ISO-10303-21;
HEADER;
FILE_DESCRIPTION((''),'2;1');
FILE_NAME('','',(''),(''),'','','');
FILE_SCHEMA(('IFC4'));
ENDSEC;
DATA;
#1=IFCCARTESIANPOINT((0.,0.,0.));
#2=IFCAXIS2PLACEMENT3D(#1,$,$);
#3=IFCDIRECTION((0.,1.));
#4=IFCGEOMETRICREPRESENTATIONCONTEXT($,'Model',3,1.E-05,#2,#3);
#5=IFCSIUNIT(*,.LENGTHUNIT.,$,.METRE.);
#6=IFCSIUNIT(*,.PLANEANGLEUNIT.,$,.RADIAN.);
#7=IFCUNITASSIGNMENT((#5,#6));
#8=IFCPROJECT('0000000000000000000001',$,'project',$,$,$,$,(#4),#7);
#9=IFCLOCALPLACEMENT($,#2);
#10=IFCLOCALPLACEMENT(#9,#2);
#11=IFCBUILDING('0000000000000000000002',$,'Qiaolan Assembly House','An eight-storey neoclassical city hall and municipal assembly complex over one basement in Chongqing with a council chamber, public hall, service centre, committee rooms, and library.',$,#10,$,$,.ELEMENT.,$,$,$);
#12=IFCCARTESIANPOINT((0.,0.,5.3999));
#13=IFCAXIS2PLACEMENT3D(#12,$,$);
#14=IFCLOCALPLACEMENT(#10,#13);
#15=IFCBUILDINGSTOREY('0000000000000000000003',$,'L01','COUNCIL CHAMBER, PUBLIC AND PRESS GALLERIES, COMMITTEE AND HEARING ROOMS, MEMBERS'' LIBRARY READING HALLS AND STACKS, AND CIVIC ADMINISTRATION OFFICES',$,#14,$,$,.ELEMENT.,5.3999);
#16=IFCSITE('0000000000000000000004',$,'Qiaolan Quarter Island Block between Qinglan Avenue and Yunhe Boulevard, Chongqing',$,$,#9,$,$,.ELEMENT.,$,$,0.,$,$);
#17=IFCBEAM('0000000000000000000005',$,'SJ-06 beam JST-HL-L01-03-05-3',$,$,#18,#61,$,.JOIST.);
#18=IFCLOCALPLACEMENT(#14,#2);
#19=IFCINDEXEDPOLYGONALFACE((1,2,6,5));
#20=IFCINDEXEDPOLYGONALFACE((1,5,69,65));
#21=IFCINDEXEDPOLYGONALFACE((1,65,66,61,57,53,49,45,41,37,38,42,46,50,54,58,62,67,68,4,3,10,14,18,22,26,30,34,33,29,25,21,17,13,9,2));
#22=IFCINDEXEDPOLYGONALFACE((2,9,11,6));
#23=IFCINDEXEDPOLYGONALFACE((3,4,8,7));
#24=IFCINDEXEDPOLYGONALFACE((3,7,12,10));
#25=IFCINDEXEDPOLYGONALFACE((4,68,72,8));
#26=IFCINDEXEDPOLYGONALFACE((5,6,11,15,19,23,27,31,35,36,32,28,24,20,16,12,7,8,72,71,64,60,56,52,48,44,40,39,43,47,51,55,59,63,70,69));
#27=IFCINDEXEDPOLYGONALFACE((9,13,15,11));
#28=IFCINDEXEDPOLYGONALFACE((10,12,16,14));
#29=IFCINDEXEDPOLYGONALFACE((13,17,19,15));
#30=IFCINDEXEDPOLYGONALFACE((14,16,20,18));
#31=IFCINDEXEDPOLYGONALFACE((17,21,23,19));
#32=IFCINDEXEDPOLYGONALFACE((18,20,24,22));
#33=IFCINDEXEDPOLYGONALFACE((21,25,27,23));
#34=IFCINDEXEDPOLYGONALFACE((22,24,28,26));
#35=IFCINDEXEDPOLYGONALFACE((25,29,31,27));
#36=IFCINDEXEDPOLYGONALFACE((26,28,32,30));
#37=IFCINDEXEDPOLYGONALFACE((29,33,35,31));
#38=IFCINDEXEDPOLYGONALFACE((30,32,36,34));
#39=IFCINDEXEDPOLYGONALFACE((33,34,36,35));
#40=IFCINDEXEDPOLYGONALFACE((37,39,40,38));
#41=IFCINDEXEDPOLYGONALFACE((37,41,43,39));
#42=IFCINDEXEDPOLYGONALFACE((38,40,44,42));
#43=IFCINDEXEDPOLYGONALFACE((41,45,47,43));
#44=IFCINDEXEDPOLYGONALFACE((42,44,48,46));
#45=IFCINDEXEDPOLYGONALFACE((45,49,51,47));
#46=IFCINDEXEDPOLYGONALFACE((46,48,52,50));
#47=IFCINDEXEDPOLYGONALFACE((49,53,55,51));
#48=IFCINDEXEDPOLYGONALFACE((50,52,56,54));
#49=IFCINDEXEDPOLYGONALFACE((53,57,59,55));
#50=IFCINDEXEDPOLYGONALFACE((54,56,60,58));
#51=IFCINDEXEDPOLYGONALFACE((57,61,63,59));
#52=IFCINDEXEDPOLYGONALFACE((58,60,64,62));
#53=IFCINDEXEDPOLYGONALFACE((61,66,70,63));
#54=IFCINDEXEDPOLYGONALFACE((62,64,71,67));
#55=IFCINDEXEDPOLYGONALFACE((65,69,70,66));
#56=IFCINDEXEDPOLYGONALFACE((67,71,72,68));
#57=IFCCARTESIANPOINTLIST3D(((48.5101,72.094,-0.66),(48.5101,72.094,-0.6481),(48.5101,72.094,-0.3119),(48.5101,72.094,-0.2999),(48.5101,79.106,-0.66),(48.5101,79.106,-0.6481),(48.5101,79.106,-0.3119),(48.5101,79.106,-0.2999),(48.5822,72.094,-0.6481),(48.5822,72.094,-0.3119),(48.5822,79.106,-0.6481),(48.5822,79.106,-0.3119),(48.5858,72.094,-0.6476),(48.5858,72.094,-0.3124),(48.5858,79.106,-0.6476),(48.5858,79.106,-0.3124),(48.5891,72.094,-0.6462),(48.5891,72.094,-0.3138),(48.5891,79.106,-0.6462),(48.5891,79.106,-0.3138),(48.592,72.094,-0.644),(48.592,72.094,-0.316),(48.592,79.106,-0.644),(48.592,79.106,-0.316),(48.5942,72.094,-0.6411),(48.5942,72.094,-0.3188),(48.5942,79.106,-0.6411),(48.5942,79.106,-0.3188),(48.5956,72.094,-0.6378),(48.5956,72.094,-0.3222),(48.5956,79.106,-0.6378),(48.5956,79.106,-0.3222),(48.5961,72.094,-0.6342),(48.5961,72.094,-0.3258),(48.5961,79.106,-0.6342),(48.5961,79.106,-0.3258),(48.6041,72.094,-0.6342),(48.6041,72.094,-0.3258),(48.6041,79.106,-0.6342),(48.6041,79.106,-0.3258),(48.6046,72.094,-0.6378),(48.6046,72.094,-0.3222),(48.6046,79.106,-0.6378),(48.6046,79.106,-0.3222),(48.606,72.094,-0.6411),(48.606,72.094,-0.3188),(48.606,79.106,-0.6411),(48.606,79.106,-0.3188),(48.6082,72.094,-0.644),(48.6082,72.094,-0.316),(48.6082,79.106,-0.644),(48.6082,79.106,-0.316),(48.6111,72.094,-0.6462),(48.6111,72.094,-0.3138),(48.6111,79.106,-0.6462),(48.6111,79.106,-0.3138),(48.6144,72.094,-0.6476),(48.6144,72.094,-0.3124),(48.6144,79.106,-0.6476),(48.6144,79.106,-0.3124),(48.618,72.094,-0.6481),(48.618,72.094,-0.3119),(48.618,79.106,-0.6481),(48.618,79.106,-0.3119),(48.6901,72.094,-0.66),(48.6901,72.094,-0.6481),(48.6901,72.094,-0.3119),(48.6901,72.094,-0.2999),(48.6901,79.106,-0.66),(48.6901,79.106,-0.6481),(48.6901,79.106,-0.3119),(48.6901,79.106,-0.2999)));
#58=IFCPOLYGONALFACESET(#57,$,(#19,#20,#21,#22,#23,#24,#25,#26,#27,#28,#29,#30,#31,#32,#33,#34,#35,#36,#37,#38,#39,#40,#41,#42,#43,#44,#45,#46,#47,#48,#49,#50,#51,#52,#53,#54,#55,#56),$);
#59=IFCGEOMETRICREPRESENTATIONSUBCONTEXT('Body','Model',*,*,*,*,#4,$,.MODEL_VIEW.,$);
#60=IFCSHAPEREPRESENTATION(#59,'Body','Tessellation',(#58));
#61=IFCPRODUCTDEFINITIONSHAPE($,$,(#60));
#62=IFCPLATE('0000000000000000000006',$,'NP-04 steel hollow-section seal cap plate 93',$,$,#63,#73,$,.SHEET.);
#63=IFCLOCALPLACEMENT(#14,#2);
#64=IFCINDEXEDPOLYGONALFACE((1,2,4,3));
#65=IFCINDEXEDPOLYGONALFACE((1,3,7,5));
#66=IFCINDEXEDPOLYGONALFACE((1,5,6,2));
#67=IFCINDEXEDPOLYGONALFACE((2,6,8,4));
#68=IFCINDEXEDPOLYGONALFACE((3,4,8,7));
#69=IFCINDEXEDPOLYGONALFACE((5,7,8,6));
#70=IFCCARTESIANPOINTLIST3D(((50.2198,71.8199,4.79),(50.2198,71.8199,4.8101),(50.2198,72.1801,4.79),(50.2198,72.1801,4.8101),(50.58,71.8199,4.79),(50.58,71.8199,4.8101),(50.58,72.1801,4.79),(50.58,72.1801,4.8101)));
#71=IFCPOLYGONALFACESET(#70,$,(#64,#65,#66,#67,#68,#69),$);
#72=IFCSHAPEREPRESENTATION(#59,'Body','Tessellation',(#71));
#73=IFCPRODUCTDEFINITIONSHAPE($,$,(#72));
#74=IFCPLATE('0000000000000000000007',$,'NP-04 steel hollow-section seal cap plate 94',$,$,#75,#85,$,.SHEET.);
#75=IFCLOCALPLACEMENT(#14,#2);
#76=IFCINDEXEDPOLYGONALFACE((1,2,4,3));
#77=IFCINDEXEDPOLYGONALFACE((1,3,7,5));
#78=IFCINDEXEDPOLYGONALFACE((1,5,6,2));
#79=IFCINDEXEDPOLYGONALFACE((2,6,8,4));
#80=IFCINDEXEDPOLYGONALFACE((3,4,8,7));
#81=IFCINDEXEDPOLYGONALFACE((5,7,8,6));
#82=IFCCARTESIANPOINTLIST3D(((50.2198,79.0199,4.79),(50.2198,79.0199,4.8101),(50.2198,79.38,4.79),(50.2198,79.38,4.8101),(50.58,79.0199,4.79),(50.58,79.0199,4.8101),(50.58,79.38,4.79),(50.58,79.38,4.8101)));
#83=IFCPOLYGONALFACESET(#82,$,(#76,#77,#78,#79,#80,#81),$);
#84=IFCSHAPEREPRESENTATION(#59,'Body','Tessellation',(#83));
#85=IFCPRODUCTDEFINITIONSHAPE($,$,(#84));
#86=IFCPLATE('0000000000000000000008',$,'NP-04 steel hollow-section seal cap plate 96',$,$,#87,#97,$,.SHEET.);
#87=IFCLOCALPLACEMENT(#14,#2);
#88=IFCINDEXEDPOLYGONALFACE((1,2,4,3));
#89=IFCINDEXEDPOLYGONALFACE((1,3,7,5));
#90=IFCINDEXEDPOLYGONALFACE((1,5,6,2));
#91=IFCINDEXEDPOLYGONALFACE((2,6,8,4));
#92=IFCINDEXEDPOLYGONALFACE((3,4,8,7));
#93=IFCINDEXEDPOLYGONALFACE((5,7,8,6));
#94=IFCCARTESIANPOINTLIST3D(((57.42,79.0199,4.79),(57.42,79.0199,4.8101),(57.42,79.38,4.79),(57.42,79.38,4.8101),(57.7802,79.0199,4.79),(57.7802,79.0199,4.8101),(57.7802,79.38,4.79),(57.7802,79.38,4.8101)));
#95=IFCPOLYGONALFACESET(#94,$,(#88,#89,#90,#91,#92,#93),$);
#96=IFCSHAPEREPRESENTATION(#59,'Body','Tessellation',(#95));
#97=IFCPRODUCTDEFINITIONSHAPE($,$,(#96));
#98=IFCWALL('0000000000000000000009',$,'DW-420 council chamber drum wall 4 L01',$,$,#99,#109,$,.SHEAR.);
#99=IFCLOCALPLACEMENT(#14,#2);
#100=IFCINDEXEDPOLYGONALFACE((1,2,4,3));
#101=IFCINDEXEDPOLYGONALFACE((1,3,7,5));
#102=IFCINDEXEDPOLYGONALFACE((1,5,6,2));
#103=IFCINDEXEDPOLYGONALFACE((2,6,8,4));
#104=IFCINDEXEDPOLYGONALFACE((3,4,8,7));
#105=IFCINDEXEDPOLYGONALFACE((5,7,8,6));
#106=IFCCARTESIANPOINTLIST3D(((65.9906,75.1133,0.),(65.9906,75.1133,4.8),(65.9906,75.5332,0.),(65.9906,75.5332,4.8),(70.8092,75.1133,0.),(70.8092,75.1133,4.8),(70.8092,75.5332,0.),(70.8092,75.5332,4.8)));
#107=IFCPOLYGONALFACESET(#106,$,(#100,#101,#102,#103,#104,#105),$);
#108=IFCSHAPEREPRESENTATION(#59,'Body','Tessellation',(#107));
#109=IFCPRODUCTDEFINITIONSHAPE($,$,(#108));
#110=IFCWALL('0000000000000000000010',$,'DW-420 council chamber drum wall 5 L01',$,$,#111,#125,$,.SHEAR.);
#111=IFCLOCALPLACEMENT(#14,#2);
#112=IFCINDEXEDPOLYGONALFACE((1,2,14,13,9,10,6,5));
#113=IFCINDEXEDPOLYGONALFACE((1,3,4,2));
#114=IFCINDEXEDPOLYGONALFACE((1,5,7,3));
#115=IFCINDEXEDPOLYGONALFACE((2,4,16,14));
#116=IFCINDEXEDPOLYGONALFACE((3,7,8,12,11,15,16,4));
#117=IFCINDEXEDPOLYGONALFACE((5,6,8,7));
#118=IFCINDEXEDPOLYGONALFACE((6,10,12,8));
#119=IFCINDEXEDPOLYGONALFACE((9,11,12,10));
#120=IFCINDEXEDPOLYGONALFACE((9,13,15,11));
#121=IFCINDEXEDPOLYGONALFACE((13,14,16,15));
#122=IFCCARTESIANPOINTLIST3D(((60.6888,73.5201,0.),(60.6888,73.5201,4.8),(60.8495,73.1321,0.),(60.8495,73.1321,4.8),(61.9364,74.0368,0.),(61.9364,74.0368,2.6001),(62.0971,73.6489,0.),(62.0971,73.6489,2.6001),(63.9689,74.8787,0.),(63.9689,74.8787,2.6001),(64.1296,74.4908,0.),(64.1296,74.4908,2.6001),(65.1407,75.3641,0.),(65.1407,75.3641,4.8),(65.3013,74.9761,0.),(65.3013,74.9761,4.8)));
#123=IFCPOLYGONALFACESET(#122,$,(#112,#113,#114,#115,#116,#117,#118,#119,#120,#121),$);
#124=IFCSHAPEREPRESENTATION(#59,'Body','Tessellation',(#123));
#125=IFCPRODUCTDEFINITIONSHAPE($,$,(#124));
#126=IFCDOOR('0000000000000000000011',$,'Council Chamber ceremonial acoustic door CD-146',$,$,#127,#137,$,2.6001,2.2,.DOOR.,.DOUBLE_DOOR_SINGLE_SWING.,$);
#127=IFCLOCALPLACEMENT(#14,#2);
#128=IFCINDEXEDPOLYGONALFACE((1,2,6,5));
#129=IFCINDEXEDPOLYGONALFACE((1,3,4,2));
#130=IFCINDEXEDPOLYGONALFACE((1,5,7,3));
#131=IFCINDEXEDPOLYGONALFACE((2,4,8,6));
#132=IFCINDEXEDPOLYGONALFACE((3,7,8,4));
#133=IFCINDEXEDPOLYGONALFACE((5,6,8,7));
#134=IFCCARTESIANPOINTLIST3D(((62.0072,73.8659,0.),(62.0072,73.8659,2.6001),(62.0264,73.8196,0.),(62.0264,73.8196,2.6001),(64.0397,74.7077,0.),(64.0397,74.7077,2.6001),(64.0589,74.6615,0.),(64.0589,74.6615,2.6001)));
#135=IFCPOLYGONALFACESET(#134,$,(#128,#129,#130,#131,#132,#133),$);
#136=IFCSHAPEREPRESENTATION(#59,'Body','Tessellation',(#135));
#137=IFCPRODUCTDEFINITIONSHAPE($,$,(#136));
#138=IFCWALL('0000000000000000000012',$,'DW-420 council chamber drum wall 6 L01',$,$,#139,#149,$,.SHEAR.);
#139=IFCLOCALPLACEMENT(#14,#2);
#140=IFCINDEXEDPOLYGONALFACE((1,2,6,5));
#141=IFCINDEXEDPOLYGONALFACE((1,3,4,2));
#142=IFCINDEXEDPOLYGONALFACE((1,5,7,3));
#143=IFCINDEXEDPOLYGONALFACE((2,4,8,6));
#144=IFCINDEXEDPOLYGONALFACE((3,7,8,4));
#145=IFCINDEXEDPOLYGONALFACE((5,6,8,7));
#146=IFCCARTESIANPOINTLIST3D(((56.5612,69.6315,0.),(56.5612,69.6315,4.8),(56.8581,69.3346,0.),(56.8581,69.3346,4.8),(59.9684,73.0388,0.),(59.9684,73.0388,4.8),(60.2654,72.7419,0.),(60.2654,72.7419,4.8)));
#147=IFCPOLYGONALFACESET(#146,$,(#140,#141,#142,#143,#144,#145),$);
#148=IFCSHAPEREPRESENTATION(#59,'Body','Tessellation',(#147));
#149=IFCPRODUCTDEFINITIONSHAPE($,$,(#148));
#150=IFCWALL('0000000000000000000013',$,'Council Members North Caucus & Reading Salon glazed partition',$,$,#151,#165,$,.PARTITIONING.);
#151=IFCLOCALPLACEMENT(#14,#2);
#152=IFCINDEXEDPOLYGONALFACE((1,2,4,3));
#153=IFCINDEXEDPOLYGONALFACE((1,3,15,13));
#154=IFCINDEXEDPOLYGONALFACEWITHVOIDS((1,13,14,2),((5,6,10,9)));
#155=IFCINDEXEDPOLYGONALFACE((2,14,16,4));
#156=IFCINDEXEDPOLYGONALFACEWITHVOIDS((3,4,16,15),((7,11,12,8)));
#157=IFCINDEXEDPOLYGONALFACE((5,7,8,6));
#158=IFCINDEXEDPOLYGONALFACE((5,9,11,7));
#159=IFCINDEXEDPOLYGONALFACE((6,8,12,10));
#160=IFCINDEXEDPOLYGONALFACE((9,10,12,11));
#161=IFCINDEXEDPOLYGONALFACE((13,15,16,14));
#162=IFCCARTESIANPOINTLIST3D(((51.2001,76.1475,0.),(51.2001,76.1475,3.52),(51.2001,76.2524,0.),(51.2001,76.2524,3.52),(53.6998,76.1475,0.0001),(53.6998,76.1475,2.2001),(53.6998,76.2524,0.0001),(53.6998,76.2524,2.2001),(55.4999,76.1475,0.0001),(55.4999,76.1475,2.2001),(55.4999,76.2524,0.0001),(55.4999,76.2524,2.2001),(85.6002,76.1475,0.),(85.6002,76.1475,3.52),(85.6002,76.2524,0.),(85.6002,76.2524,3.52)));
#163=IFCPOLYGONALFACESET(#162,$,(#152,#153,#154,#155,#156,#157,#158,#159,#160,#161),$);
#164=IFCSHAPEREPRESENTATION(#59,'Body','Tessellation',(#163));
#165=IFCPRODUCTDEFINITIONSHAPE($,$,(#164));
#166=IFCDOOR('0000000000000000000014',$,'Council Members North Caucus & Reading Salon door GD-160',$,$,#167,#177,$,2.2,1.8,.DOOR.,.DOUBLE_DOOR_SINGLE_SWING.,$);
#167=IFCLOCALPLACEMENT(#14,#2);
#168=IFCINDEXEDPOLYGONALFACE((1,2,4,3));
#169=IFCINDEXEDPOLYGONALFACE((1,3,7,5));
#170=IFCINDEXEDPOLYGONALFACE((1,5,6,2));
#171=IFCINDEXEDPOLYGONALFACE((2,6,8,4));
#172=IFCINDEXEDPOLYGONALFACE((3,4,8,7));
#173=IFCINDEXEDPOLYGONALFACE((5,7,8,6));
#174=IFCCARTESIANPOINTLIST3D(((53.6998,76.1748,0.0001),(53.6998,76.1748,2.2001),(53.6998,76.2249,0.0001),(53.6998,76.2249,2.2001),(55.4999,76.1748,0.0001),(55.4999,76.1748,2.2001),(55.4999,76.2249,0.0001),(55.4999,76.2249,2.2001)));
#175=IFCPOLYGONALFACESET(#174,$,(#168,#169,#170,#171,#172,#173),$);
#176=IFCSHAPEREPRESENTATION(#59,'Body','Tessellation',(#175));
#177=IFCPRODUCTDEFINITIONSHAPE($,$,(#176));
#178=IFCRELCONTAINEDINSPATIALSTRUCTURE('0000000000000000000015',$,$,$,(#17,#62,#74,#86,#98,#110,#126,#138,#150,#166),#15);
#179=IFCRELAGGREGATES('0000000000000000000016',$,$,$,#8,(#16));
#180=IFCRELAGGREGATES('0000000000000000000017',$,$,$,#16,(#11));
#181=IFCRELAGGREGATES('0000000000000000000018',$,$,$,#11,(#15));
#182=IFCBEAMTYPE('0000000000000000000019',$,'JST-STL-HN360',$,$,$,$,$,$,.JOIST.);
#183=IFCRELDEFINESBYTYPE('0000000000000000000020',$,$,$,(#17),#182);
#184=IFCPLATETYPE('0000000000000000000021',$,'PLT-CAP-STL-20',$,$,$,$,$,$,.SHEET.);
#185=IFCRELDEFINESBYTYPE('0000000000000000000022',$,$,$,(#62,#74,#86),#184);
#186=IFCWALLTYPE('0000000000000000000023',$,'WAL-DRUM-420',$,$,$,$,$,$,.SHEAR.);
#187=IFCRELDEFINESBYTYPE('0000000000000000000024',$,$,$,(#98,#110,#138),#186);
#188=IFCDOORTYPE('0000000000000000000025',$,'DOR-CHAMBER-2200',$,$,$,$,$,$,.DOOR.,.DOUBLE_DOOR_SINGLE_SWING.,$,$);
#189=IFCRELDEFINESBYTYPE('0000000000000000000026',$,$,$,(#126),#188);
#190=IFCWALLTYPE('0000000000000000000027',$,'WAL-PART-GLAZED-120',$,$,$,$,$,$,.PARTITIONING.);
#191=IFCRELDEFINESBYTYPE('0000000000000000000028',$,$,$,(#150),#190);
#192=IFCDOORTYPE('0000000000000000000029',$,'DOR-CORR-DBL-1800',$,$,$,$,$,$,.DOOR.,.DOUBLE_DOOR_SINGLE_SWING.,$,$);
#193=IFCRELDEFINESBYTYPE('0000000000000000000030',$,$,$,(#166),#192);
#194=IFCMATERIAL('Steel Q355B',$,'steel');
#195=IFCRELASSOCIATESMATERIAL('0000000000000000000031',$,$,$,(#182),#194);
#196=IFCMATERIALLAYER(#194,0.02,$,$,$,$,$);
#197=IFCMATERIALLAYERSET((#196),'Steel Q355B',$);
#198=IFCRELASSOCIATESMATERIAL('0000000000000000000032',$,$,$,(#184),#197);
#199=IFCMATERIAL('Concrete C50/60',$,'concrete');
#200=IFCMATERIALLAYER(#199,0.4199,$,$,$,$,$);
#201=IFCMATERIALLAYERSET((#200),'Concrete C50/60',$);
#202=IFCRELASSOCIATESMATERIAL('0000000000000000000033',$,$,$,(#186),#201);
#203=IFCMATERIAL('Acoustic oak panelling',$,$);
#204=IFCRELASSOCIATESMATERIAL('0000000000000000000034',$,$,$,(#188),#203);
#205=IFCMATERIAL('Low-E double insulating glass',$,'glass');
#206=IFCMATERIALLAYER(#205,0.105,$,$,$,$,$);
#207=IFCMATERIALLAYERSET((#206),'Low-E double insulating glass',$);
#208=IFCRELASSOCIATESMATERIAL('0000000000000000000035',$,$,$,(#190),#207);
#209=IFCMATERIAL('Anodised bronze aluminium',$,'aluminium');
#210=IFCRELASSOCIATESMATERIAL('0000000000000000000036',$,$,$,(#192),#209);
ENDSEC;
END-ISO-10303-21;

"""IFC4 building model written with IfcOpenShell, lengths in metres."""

from ifc_helpers import new_model, si_unit, direction, frame, frame_2d, origin, origin_2d, place, context, subcontext, project, spatial, rectangle, i_section, extrude, material, layer, layer_set, material_profile, profile_set, type_object, element, fill, save


model = new_model("IFC4")

# Units and contexts
model_context = context("Model", 3, precision=1e-05, world=origin(), true_north=direction((0.0, 1.0)))
body_context = subcontext(model_context, "Body", "Model", "MODEL_VIEW")
ifc_project = project(units=[si_unit("LENGTHUNIT", "METRE"), si_unit("PLANEANGLEUNIT", "RADIAN")], contexts=[model_context])

# Site, building, storey
site_placement = place(None, origin())
site = spatial("IfcSite", under=ifc_project, at=site_placement, Name="Qiaolan Quarter Island Block between Qinglan Avenue and Yunhe Boulevard, Chongqing", CompositionType="ELEMENT", RefElevation=0.0)
building_placement = place(site_placement, origin())
building = spatial("IfcBuilding", under=site, at=building_placement, Name="Qiaolan Assembly House", Description="An eight-storey neoclassical city hall and municipal assembly complex over one basement in Chongqing with a council chamber, public hall, service centre, committee rooms, and library.", CompositionType="ELEMENT")
storey_placement = place(building_placement, frame((0.0, 0.0, 5.3999)))
storey = spatial("IfcBuildingStorey", under=building, at=storey_placement, Name="L01", Description="COUNCIL CHAMBER, PUBLIC AND PRESS GALLERIES, COMMITTEE AND HEARING ROOMS, MEMBERS' LIBRARY READING HALLS AND STACKS, AND CIVIC ADMINISTRATION OFFICES", CompositionType="ELEMENT", Elevation=5.3999)

# Shared definitions
ifc_material_1 = material(Name="Concrete C50/60", Category="concrete")
ifc_material_2 = material(Name="Steel Q355B", Category="steel")

# Beam
ifc_material_profile_1 = material_profile(ifc_material_2, i_section(OverallWidth=0.1799, OverallDepth=0.3601, WebThickness=0.0081, FlangeThickness=0.012, FilletRadius=0.0139, at=origin_2d()), Name="HN 360x180x8x12")
ifc_profile_set_1 = profile_set([ifc_material_profile_1], Name="Steel Q355B")
beam_type_1 = type_object("IfcBeamType", Name="JST-STL-HN360", PredefinedType="JOIST", material=ifc_profile_set_1)
beam_1_placement = place(storey_placement, frame((48.6001, 72.094, -0.48), z_axis=(0.0, 1.0, 0.0), x_axis=(-1.0, 0.0, 0.0)))
element("IfcBeam", 1, at=beam_1_placement, inside=storey, type_object=beam_type_1, Name="SJ-06 beam JST-HL-L01-03-05-3", PredefinedType="JOIST", context=body_context, shape_type="SweptSolid", body=[
    extrude(i_section(OverallWidth=0.1799, OverallDepth=0.3601, WebThickness=0.0081, FlangeThickness=0.012, FilletRadius=0.0139, at=origin_2d()), origin(), (0.0, 0.0, 1.0), 7.012),
])

# Plates
ifc_layer_1 = layer(ifc_material_2, 0.02)
ifc_layer_set_1 = layer_set([ifc_layer_1], Name="Steel Q355B")
plate_type = type_object("IfcPlateType", Name="PLT-CAP-STL-20", PredefinedType="SHEET", material=ifc_layer_set_1)
for number, where, z_axis, x_axis, name in (
    (2, (50.3999, 72.0, 4.79), (0.0, 0.0, 1.0), (1.0, 0.0, 0.0), "NP-04 steel hollow-section seal cap plate 93"),
    (3, (50.3999, 79.2, 4.79), (0.0, 0.0, 1.0), (1.0, 0.0, 0.0), "NP-04 steel hollow-section seal cap plate 94"),
    (4, (57.6001, 79.2, 4.79), (0.0, 0.0, 1.0), (1.0, 0.0, 0.0), "NP-04 steel hollow-section seal cap plate 96"),
):
    element("IfcPlate", number, at=place(storey_placement, frame(where, z_axis=z_axis, x_axis=x_axis)), inside=storey, type_object=plate_type, Name=name, PredefinedType="SHEET", context=body_context, shape_type="SweptSolid", body=[
        extrude(rectangle(XDim=0.3601, YDim=0.3601, at=origin_2d()), origin(), (0.0, 0.0, 1.0), 0.02),
    ])

# Wall
ifc_layer_2 = layer(ifc_material_1, 0.4199)
ifc_layer_set_2 = layer_set([ifc_layer_2], Name="Concrete C50/60")
wall_type_1 = type_object("IfcWallType", Name="WAL-DRUM-420", PredefinedType="SHEAR", material=ifc_layer_set_2)
wall_1_placement = place(storey_placement, frame((65.9907, 75.3232, 0.0), z_axis=(0.0, 0.0, 1.0), x_axis=(1.0, 0.0, 0.0)))
element("IfcWall", 5, at=wall_1_placement, inside=storey, type_object=wall_type_1, Name="DW-420 council chamber drum wall 4 L01", PredefinedType="SHEAR", context=body_context, shape_type="SweptSolid", body=[
    extrude(rectangle(XDim=4.8186, YDim=0.4199, at=frame_2d((2.4092, 0.0))), origin(), (0.0, 0.0, 1.0), 4.8),
])

# Wall, opening, door
wall_2_placement = place(storey_placement, frame((60.7693, 73.3262, 0.0), z_axis=(0.0, 0.0, 1.0), x_axis=(0.923883, 0.382675, 0.0)))
wall_2 = element("IfcWall", 6, at=wall_2_placement, inside=storey, type_object=wall_type_1, Name="DW-420 council chamber drum wall 5 L01", PredefinedType="SHEAR", context=body_context, shape_type="SweptSolid", body=[
    extrude(rectangle(XDim=4.8186, YDim=0.4199, at=frame_2d((2.4092, 0.0))), origin(), (0.0, 0.0, 1.0), 4.8),
])
opening_1_placement = place(wall_2_placement, frame((1.3501, 0.0, 0.0)))
opening_1 = element("IfcOpeningElement", 7, at=opening_1_placement, cuts=wall_2, PredefinedType="OPENING", context=body_context, shape_type="SweptSolid", body=[
    extrude(rectangle(XDim=2.2, YDim=2.6001, at=frame_2d((1.1001, 1.3))), frame((0.0, 0.22, 0.0), z_axis=(0.0, -1.0, 0.0), x_axis=(1.0, 0.0, 0.0)), (0.0, 0.0, 1.0), 0.4399),
])
ifc_material_3 = material(Name="Acoustic oak panelling")
door_type_1 = type_object("IfcDoorType", Name="DOR-CHAMBER-2200", OperationType="DOUBLE_DOOR_SINGLE_SWING", PredefinedType="DOOR", material=ifc_material_3)
door_1_placement = place(opening_1_placement, origin())
door_1 = element("IfcDoor", 8, at=door_1_placement, inside=storey, type_object=door_type_1, Name="Council Chamber ceremonial acoustic door CD-146", OperationType="DOUBLE_DOOR_SINGLE_SWING", OverallHeight=2.6001, OverallWidth=2.2, PredefinedType="DOOR", context=body_context, shape_type="SweptSolid", body=[
    extrude(rectangle(XDim=2.2, YDim=2.6001, at=frame_2d((1.1001, 1.3))), frame((0.0, 0.0249, 0.0), z_axis=(0.0, -1.0, 0.0), x_axis=(1.0, 0.0, 0.0)), (0.0, 0.0, 1.0), 0.05),
])
fill(opening_1, door_1)

# Wall
wall_3_placement = place(storey_placement, frame((56.7097, 69.4832, 0.0), z_axis=(0.0, 0.0, 1.0), x_axis=(0.707107, 0.707107, 0.0)))
element("IfcWall", 9, at=wall_3_placement, inside=storey, type_object=wall_type_1, Name="DW-420 council chamber drum wall 6 L01", PredefinedType="SHEAR", context=body_context, shape_type="SweptSolid", body=[
    extrude(rectangle(XDim=4.8186, YDim=0.4199, at=frame_2d((2.4092, 0.0))), origin(), (0.0, 0.0, 1.0), 4.8),
])

# Wall, opening, door
ifc_material_4 = material(Name="Low-E double insulating glass", Category="glass")
ifc_layer_3 = layer(ifc_material_4, 0.105)
ifc_layer_set_3 = layer_set([ifc_layer_3], Name="Low-E double insulating glass")
wall_type_2 = type_object("IfcWallType", Name="WAL-PART-GLAZED-120", PredefinedType="PARTITIONING", material=ifc_layer_set_3)
wall_4_placement = place(storey_placement, frame((51.2, 76.2, 0.0), z_axis=(0.0, 0.0, 1.0), x_axis=(1.0, 0.0, 0.0)))
wall_4 = element("IfcWall", 10, at=wall_4_placement, inside=storey, type_object=wall_type_2, Name="Council Members North Caucus & Reading Salon glazed partition", PredefinedType="PARTITIONING", context=body_context, shape_type="SweptSolid", body=[
    extrude(rectangle(XDim=34.4001, YDim=0.105, at=frame_2d((17.2002, 0.0))), origin(), (0.0, 0.0, 1.0), 3.52),
])
opening_2_placement = place(wall_4_placement, frame((2.5, 0.0, 0.0)))
opening_2 = element("IfcOpeningElement", 11, at=opening_2_placement, cuts=wall_4, PredefinedType="OPENING", context=body_context, shape_type="SweptSolid", body=[
    extrude(rectangle(XDim=1.8, YDim=2.2, at=frame_2d((0.8999, 1.1001))), frame((0.0, 0.0625, 0.0), z_axis=(0.0, -1.0, 0.0), x_axis=(1.0, 0.0, 0.0)), (0.0, 0.0, 1.0), 0.125),
])
ifc_material_5 = material(Name="Anodised bronze aluminium", Category="aluminium")
door_type_2 = type_object("IfcDoorType", Name="DOR-CORR-DBL-1800", OperationType="DOUBLE_DOOR_SINGLE_SWING", PredefinedType="DOOR", material=ifc_material_5)
door_2_placement = place(opening_2_placement, origin())
door_2 = element("IfcDoor", 12, at=door_2_placement, inside=storey, type_object=door_type_2, Name="Council Members North Caucus & Reading Salon door GD-160", OperationType="DOUBLE_DOOR_SINGLE_SWING", OverallHeight=2.2, OverallWidth=1.8, PredefinedType="DOOR", context=body_context, shape_type="SweptSolid", body=[
    extrude(rectangle(XDim=1.8, YDim=2.2, at=frame_2d((0.8999, 1.1001))), frame((0.0, 0.0249, 0.0), z_axis=(0.0, -1.0, 0.0), x_axis=(1.0, 0.0, 0.0)), (0.0, 0.0, 1.0), 0.05),
])
fill(opening_2, door_2)

save(model, "model.ifc")
